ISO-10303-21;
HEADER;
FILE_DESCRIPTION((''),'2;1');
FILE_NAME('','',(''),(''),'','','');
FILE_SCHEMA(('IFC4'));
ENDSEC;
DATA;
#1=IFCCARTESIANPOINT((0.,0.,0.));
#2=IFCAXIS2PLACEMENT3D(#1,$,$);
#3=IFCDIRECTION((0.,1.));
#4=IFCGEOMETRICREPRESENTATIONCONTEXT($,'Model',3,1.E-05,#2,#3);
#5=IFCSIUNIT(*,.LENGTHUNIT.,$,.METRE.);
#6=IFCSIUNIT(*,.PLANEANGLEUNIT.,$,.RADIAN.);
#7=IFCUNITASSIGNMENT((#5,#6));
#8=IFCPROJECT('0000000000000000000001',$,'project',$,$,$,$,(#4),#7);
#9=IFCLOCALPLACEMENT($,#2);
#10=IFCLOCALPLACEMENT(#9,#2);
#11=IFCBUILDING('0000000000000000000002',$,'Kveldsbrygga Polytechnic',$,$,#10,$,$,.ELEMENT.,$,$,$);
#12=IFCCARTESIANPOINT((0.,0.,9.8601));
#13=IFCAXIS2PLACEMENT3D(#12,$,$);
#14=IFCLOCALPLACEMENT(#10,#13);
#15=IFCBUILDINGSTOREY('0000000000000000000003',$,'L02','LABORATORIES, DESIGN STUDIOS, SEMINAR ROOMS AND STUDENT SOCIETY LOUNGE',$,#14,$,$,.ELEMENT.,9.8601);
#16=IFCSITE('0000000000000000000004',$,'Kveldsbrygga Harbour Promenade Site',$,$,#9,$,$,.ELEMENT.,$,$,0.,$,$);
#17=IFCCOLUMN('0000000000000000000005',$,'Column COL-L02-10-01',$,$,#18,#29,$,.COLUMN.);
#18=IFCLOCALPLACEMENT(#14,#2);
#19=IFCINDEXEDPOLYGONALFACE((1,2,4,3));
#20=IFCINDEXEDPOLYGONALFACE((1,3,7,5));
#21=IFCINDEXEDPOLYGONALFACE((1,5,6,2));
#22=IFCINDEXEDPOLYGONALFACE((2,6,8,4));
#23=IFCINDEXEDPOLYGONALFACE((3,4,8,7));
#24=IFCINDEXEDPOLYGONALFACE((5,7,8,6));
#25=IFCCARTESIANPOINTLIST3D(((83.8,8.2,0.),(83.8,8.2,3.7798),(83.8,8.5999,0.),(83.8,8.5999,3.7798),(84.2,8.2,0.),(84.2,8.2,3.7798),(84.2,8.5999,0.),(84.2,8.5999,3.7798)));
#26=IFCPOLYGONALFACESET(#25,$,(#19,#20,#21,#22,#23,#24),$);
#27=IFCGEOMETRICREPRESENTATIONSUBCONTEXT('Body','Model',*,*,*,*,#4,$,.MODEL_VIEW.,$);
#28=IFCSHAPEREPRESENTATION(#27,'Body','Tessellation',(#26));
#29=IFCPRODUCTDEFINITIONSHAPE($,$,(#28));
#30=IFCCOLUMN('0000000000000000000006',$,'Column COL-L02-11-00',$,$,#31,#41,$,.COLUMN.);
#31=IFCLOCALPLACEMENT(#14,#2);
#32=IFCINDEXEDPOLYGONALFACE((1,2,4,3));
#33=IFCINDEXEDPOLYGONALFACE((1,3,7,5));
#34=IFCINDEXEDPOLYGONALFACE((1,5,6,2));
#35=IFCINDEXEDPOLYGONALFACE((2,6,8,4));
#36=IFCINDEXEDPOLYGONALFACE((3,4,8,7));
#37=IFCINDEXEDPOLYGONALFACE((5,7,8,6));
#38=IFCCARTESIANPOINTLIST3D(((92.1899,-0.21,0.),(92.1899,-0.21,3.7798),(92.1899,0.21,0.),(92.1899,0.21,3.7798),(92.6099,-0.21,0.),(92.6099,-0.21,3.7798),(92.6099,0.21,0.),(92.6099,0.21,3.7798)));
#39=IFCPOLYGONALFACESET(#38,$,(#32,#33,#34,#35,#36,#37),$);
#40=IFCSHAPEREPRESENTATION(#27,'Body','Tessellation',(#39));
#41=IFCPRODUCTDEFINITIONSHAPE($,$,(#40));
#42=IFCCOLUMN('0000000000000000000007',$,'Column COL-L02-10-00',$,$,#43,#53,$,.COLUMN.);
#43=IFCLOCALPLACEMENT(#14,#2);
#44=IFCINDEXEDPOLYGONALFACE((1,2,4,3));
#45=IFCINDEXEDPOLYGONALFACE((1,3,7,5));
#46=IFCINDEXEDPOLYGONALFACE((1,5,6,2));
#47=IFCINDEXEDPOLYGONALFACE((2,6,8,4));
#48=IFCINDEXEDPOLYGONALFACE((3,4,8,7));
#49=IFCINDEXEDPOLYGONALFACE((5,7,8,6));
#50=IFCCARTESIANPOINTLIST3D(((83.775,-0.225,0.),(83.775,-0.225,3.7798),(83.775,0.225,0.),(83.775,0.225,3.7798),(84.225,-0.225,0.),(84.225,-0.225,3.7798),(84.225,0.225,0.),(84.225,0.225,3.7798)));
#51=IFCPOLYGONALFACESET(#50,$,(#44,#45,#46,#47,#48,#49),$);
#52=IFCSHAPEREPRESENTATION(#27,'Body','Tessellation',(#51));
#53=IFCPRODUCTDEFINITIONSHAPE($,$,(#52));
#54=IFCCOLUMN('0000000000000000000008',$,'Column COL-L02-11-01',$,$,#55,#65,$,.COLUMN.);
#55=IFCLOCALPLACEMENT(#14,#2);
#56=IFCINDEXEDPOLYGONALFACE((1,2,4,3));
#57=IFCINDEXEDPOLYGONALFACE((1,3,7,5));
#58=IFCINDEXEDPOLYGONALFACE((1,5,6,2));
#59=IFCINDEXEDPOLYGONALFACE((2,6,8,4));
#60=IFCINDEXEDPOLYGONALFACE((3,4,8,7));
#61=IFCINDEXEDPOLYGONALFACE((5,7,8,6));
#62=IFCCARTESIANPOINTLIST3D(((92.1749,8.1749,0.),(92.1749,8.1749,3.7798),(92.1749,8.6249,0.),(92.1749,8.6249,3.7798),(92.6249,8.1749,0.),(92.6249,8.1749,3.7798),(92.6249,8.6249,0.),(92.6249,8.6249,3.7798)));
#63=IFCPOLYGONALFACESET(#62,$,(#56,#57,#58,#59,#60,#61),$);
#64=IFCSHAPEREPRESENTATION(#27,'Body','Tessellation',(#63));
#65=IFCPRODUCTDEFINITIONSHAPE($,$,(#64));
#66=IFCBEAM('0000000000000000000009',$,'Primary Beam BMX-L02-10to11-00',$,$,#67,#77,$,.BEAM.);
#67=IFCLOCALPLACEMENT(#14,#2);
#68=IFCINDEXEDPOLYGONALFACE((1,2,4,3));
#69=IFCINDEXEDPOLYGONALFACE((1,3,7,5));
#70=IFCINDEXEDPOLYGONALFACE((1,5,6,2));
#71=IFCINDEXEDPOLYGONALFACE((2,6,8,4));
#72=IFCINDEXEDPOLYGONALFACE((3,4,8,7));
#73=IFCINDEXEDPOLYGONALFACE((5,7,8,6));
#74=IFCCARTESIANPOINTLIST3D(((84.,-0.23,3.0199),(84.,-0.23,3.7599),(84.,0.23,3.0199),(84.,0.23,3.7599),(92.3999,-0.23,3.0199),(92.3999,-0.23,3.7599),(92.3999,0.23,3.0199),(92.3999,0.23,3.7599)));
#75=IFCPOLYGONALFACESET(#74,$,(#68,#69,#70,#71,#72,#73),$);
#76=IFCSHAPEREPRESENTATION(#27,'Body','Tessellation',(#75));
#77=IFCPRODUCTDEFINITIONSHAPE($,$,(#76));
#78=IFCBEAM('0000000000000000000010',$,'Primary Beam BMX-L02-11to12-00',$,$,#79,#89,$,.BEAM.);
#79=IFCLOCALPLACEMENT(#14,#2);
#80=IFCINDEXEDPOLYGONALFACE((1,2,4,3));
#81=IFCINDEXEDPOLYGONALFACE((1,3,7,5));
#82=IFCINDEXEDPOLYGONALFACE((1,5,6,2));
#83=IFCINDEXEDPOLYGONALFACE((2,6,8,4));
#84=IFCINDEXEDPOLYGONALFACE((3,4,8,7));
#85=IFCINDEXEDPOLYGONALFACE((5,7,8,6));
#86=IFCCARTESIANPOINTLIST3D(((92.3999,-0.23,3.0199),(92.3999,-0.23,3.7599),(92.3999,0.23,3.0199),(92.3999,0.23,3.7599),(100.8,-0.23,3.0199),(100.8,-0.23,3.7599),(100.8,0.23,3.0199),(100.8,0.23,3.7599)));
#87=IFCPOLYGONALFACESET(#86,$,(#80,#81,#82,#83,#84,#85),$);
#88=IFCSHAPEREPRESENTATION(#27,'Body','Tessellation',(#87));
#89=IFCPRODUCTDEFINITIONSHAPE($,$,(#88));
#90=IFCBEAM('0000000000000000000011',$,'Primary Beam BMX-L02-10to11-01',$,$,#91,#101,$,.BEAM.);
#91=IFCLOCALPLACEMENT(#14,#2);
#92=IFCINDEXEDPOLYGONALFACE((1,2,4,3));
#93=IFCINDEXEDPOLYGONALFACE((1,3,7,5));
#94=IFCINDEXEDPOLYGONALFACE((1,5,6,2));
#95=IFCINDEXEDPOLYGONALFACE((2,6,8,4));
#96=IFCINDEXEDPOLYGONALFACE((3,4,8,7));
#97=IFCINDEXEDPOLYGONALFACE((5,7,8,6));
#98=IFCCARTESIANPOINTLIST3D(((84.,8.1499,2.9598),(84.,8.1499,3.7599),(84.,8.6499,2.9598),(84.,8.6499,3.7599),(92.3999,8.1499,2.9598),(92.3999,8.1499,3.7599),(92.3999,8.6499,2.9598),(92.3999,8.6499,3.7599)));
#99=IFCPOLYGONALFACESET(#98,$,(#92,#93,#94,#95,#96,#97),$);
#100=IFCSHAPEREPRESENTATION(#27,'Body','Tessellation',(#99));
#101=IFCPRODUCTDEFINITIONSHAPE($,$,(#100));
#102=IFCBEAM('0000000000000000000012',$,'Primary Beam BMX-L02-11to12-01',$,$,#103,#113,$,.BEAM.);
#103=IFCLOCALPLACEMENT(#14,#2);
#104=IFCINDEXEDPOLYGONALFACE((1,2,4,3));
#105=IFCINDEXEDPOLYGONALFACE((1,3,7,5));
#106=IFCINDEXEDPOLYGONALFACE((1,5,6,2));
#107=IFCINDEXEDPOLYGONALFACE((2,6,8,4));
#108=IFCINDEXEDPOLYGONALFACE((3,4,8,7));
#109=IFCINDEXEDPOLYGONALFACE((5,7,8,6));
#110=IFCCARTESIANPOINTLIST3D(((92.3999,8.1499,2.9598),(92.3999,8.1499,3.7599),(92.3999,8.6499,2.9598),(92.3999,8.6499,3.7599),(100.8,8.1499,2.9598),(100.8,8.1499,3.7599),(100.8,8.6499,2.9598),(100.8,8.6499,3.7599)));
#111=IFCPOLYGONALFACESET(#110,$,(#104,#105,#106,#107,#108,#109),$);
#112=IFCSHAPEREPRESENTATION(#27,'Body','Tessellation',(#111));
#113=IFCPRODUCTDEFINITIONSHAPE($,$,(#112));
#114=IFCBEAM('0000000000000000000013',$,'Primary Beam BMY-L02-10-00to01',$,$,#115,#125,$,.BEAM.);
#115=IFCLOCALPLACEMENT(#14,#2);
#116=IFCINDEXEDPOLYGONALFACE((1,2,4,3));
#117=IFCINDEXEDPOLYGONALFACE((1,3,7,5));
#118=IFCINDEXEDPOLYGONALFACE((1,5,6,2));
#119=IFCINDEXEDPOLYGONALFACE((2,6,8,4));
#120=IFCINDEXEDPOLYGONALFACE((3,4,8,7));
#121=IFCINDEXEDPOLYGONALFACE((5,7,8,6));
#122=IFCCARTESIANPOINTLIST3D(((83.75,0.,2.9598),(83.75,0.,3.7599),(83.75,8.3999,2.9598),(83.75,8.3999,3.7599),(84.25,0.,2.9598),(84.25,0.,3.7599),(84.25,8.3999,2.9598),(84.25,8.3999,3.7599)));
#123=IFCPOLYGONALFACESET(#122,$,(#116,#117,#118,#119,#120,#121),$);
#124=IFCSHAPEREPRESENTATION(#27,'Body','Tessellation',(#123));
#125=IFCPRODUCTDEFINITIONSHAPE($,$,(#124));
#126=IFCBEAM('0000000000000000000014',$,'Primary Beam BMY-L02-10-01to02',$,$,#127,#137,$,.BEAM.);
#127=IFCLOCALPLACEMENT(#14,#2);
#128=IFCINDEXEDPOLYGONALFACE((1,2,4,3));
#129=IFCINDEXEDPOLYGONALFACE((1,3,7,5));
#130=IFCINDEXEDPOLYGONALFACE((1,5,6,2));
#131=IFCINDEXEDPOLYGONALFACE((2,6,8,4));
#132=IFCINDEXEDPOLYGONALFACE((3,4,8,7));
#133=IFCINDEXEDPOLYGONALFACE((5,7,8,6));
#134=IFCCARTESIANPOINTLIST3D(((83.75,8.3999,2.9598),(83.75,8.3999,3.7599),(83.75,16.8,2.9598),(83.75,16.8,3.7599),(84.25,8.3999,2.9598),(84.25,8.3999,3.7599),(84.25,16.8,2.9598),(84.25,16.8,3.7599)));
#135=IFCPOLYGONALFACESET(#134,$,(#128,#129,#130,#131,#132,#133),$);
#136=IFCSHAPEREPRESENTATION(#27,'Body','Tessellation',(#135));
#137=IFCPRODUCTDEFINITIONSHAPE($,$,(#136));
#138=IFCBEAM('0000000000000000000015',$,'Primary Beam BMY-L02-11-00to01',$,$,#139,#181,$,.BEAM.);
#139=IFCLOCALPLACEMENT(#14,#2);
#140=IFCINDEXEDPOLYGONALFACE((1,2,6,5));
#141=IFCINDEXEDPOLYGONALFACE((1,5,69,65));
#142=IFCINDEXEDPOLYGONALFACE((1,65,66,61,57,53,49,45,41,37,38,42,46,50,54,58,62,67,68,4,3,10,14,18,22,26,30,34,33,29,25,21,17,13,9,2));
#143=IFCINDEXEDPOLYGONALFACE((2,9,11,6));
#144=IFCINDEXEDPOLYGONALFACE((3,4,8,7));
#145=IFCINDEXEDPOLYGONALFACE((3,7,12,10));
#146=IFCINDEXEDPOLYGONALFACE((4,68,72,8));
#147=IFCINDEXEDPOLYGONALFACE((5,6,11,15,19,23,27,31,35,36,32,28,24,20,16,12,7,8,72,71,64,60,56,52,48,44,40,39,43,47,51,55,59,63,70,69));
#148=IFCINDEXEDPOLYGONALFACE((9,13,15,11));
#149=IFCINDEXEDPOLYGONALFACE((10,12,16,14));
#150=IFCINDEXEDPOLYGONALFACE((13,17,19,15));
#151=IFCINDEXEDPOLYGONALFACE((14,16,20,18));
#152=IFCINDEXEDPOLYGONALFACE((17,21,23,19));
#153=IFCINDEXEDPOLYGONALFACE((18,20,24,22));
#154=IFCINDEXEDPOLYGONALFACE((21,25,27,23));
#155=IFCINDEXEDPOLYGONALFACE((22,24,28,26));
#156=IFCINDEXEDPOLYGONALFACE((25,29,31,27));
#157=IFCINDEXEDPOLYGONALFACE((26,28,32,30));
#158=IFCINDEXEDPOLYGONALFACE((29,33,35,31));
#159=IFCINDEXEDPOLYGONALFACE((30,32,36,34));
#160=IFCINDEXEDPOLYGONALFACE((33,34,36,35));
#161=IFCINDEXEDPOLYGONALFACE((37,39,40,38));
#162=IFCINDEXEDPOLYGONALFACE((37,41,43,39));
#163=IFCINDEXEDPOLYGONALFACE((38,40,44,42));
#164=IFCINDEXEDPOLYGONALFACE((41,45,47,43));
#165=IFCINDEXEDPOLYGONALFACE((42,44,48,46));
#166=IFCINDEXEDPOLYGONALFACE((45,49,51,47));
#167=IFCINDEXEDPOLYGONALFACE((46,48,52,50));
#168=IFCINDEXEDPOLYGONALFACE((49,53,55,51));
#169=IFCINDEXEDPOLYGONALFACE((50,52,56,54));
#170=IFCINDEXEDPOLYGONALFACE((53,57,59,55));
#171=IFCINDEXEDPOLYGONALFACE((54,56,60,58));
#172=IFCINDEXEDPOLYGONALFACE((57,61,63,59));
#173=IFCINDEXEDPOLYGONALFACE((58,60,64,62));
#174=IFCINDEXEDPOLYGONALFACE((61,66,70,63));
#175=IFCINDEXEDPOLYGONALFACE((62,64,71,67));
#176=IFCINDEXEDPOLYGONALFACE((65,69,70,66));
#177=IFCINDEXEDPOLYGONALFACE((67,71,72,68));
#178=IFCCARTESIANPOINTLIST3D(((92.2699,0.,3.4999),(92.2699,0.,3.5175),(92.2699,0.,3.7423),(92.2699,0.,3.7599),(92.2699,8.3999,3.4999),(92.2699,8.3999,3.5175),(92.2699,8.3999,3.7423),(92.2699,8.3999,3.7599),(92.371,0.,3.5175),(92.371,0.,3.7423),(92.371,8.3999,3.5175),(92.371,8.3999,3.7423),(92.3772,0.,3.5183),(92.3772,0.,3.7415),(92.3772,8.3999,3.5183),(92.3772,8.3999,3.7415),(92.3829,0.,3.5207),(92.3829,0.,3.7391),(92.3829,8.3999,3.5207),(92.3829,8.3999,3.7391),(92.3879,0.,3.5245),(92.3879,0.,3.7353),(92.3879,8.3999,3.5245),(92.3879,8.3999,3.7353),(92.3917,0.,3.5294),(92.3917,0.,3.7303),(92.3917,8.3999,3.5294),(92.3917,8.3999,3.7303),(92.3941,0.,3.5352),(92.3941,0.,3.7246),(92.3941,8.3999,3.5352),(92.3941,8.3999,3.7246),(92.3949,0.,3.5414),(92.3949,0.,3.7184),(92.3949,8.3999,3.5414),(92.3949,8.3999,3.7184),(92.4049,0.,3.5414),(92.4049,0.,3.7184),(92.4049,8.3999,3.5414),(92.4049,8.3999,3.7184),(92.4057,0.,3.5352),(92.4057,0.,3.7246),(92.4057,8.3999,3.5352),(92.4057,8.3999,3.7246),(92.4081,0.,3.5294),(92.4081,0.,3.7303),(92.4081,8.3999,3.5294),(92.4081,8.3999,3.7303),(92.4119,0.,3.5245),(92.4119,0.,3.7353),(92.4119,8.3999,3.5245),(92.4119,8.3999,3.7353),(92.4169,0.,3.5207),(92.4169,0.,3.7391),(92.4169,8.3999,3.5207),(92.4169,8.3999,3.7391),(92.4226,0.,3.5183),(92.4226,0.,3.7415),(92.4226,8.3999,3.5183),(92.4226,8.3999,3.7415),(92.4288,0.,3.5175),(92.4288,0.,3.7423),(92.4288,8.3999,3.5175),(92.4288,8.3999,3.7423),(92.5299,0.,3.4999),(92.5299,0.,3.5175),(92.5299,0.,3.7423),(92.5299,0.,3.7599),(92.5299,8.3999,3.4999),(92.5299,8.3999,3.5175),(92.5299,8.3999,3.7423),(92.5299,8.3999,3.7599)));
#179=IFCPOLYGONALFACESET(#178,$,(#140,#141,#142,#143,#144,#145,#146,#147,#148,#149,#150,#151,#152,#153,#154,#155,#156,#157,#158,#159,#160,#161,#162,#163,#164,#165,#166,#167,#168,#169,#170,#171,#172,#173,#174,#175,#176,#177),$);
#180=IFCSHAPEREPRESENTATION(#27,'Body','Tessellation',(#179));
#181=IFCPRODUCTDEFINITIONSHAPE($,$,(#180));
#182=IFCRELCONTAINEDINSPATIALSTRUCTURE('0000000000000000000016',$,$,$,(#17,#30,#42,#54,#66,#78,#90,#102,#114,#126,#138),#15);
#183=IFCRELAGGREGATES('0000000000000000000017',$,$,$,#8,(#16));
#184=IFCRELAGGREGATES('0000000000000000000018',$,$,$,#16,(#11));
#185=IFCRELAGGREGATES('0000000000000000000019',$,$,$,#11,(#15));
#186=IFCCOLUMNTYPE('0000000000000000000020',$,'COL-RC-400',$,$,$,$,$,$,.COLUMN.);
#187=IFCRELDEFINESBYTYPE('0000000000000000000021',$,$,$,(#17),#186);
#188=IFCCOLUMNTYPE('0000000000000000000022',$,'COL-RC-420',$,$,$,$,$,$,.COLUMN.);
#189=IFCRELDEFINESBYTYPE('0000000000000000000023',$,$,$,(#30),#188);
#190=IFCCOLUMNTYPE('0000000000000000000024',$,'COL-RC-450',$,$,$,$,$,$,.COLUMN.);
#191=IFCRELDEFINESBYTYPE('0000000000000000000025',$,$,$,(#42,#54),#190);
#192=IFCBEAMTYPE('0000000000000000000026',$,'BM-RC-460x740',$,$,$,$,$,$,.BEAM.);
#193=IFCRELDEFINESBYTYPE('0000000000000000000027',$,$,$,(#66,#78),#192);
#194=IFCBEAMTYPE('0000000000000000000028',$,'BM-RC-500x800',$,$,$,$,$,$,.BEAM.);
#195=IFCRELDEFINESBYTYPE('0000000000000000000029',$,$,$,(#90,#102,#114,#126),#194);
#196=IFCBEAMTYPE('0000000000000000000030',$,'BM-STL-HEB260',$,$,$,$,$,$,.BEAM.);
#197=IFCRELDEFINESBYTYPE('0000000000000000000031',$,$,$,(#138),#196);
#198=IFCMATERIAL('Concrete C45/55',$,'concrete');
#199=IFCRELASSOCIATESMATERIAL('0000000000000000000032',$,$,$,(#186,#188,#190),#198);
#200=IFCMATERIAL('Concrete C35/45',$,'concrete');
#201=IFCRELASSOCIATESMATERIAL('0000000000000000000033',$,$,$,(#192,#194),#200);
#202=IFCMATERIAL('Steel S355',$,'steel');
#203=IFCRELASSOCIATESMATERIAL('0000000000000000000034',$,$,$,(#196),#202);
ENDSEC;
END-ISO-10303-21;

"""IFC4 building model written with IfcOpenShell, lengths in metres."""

from ifc_helpers import new_model, si_unit, direction, frame, origin, origin_2d, place, context, subcontext, project, spatial, rectangle, i_section, extrude, material, material_profile, profile_set, type_object, element, save


model = new_model("IFC4")

# Units and contexts
model_context = context("Model", 3, precision=1e-05, world=origin(), true_north=direction((0.0, 1.0)))
body_context = subcontext(model_context, "Body", "Model", "MODEL_VIEW")
ifc_project = project(units=[si_unit("LENGTHUNIT", "METRE"), si_unit("PLANEANGLEUNIT", "RADIAN")], contexts=[model_context])

# Site, building, storey
site_placement = place(None, origin())
site = spatial("IfcSite", under=ifc_project, at=site_placement, Name="Kveldsbrygga Harbour Promenade Site", CompositionType="ELEMENT", RefElevation=0.0)
building_placement = place(site_placement, origin())
building = spatial("IfcBuilding", under=site, at=building_placement, Name="Kveldsbrygga Polytechnic", CompositionType="ELEMENT")
storey_placement = place(building_placement, frame((0.0, 0.0, 9.8601)))
storey = spatial("IfcBuildingStorey", under=building, at=storey_placement, Name="L02", Description="LABORATORIES, DESIGN STUDIOS, SEMINAR ROOMS AND STUDENT SOCIETY LOUNGE", CompositionType="ELEMENT", Elevation=9.8601)

# Columns
ifc_material_1 = material(Name="Concrete C45/55", Category="concrete")
ifc_material_profile_1 = material_profile(ifc_material_1, rectangle(XDim=0.3999, YDim=0.3999, at=origin_2d()), Name="RC 400x400")
ifc_profile_set_1 = profile_set([ifc_material_profile_1], Name="Concrete C45/55")
column_type_1 = type_object("IfcColumnType", Name="COL-RC-400", PredefinedType="COLUMN", material=ifc_profile_set_1)
column_1_placement = place(storey_placement, frame((84.0, 8.3999, 0.0), z_axis=(0.0, 0.0, 1.0), x_axis=(1.0, 0.0, 0.0)))
element("IfcColumn", 1, at=column_1_placement, inside=storey, type_object=column_type_1, Name="Column COL-L02-10-01", PredefinedType="COLUMN", context=body_context, shape_type="SweptSolid", body=[
    extrude(rectangle(XDim=0.3999, YDim=0.3999, at=origin_2d()), origin(), (0.0, 0.0, 1.0), 3.7798),
])
ifc_material_profile_2 = material_profile(ifc_material_1, rectangle(XDim=0.4199, YDim=0.4199, at=origin_2d()), Name="RC 420x420")
ifc_profile_set_2 = profile_set([ifc_material_profile_2], Name="Concrete C45/55")
column_type_2 = type_object("IfcColumnType", Name="COL-RC-420", PredefinedType="COLUMN", material=ifc_profile_set_2)
column_2_placement = place(storey_placement, frame((92.3999, 0.0, 0.0), z_axis=(0.0, 0.0, 1.0), x_axis=(1.0, 0.0, 0.0)))
element("IfcColumn", 2, at=column_2_placement, inside=storey, type_object=column_type_2, Name="Column COL-L02-11-00", PredefinedType="COLUMN", context=body_context, shape_type="SweptSolid", body=[
    extrude(rectangle(XDim=0.4199, YDim=0.4199, at=origin_2d()), origin(), (0.0, 0.0, 1.0), 3.7798),
])
ifc_material_profile_3 = material_profile(ifc_material_1, rectangle(XDim=0.45, YDim=0.45, at=origin_2d()), Name="RC 450x450")
ifc_profile_set_3 = profile_set([ifc_material_profile_3], Name="Concrete C45/55")
column_type_3 = type_object("IfcColumnType", Name="COL-RC-450", PredefinedType="COLUMN", material=ifc_profile_set_3)
for number, where, z_axis, x_axis, name in (
    (3, (84.0, 0.0, 0.0), (0.0, 0.0, 1.0), (1.0, 0.0, 0.0), "Column COL-L02-10-00"),
    (4, (92.3999, 8.3999, 0.0), (0.0, 0.0, 1.0), (1.0, 0.0, 0.0), "Column COL-L02-11-01"),
):
    element("IfcColumn", number, at=place(storey_placement, frame(where, z_axis=z_axis, x_axis=x_axis)), inside=storey, type_object=column_type_3, Name=name, PredefinedType="COLUMN", context=body_context, shape_type="SweptSolid", body=[
        extrude(rectangle(XDim=0.45, YDim=0.45, at=origin_2d()), origin(), (0.0, 0.0, 1.0), 3.7798),
    ])

# Beams
ifc_material_2 = material(Name="Concrete C35/45", Category="concrete")
ifc_material_profile_4 = material_profile(ifc_material_2, rectangle(XDim=0.46, YDim=0.74, at=origin_2d()), Name="RC 460x740")
ifc_profile_set_4 = profile_set([ifc_material_profile_4], Name="Concrete C35/45")
beam_type_1 = type_object("IfcBeamType", Name="BM-RC-460x740", PredefinedType="BEAM", material=ifc_profile_set_4)
beam_1_placement = place(storey_placement, frame((84.0, 0.0, 3.3899), z_axis=(1.0, 0.0, 0.0), x_axis=(0.0, 1.0, 0.0)))
element("IfcBeam", 5, at=beam_1_placement, inside=storey, type_object=beam_type_1, Name="Primary Beam BMX-L02-10to11-00", PredefinedType="BEAM", context=body_context, shape_type="SweptSolid", body=[
    extrude(rectangle(XDim=0.46, YDim=0.74, at=origin_2d()), origin(), (0.0, 0.0, 1.0), 8.3999),
])
beam_2_placement = place(storey_placement, frame((92.3999, 0.0, 3.3899), z_axis=(1.0, 0.0, 0.0), x_axis=(0.0, 1.0, 0.0)))
element("IfcBeam", 6, at=beam_2_placement, inside=storey, type_object=beam_type_1, Name="Primary Beam BMX-L02-11to12-00", PredefinedType="BEAM", context=body_context, shape_type="SweptSolid", body=[
    extrude(rectangle(XDim=0.46, YDim=0.74, at=origin_2d()), origin(), (0.0, 0.0, 1.0), 8.4001),
])
ifc_material_profile_5 = material_profile(ifc_material_2, rectangle(XDim=0.5, YDim=0.8, at=origin_2d()), Name="RC 500x800")
ifc_profile_set_5 = profile_set([ifc_material_profile_5], Name="Concrete C35/45")
beam_type_2 = type_object("IfcBeamType", Name="BM-RC-500x800", PredefinedType="BEAM", material=ifc_profile_set_5)
beam_3_placement = place(storey_placement, frame((84.0, 8.3999, 3.3599), z_axis=(1.0, 0.0, 0.0), x_axis=(0.0, 1.0, 0.0)))
element("IfcBeam", 7, at=beam_3_placement, inside=storey, type_object=beam_type_2, Name="Primary Beam BMX-L02-10to11-01", PredefinedType="BEAM", context=body_context, shape_type="SweptSolid", body=[
    extrude(rectangle(XDim=0.5, YDim=0.8, at=origin_2d()), origin(), (0.0, 0.0, 1.0), 8.3999),
])
beam_4_placement = place(storey_placement, frame((92.3999, 8.3999, 3.3599), z_axis=(1.0, 0.0, 0.0), x_axis=(0.0, 1.0, 0.0)))
element("IfcBeam", 8, at=beam_4_placement, inside=storey, type_object=beam_type_2, Name="Primary Beam BMX-L02-11to12-01", PredefinedType="BEAM", context=body_context, shape_type="SweptSolid", body=[
    extrude(rectangle(XDim=0.5, YDim=0.8, at=origin_2d()), origin(), (0.0, 0.0, 1.0), 8.4001),
])
beam_5_placement = place(storey_placement, frame((84.0, 0.0, 3.3599), z_axis=(0.0, 1.0, 0.0), x_axis=(-1.0, 0.0, 0.0)))
element("IfcBeam", 9, at=beam_5_placement, inside=storey, type_object=beam_type_2, Name="Primary Beam BMY-L02-10-00to01", PredefinedType="BEAM", context=body_context, shape_type="SweptSolid", body=[
    extrude(rectangle(XDim=0.5, YDim=0.8, at=origin_2d()), origin(), (0.0, 0.0, 1.0), 8.3999),
])
beam_6_placement = place(storey_placement, frame((84.0, 8.3999, 3.3599), z_axis=(0.0, 1.0, 0.0), x_axis=(-1.0, 0.0, 0.0)))
element("IfcBeam", 10, at=beam_6_placement, inside=storey, type_object=beam_type_2, Name="Primary Beam BMY-L02-10-01to02", PredefinedType="BEAM", context=body_context, shape_type="SweptSolid", body=[
    extrude(rectangle(XDim=0.5, YDim=0.8, at=origin_2d()), origin(), (0.0, 0.0, 1.0), 8.4001),
])
ifc_material_3 = material(Name="Steel S355", Category="steel")
ifc_material_profile_6 = material_profile(ifc_material_3, i_section(OverallWidth=0.26, OverallDepth=0.26, WebThickness=0.01, FlangeThickness=0.0176, FilletRadius=0.0239, at=origin_2d()), Name="HEB 260")
ifc_profile_set_6 = profile_set([ifc_material_profile_6], Name="Steel S355")
beam_type_3 = type_object("IfcBeamType", Name="BM-STL-HEB260", PredefinedType="BEAM", material=ifc_profile_set_6)
beam_7_placement = place(storey_placement, frame((92.3999, 0.0, 3.6299), z_axis=(0.0, 1.0, 0.0), x_axis=(-1.0, 0.0, 0.0)))
element("IfcBeam", 11, at=beam_7_placement, inside=storey, type_object=beam_type_3, Name="Primary Beam BMY-L02-11-00to01", PredefinedType="BEAM", context=body_context, shape_type="SweptSolid", body=[
    extrude(i_section(OverallWidth=0.26, OverallDepth=0.26, WebThickness=0.01, FlangeThickness=0.0176, FilletRadius=0.0239, at=origin_2d()), origin(), (0.0, 0.0, 1.0), 8.3999),
])

save(model, "model.ifc")
